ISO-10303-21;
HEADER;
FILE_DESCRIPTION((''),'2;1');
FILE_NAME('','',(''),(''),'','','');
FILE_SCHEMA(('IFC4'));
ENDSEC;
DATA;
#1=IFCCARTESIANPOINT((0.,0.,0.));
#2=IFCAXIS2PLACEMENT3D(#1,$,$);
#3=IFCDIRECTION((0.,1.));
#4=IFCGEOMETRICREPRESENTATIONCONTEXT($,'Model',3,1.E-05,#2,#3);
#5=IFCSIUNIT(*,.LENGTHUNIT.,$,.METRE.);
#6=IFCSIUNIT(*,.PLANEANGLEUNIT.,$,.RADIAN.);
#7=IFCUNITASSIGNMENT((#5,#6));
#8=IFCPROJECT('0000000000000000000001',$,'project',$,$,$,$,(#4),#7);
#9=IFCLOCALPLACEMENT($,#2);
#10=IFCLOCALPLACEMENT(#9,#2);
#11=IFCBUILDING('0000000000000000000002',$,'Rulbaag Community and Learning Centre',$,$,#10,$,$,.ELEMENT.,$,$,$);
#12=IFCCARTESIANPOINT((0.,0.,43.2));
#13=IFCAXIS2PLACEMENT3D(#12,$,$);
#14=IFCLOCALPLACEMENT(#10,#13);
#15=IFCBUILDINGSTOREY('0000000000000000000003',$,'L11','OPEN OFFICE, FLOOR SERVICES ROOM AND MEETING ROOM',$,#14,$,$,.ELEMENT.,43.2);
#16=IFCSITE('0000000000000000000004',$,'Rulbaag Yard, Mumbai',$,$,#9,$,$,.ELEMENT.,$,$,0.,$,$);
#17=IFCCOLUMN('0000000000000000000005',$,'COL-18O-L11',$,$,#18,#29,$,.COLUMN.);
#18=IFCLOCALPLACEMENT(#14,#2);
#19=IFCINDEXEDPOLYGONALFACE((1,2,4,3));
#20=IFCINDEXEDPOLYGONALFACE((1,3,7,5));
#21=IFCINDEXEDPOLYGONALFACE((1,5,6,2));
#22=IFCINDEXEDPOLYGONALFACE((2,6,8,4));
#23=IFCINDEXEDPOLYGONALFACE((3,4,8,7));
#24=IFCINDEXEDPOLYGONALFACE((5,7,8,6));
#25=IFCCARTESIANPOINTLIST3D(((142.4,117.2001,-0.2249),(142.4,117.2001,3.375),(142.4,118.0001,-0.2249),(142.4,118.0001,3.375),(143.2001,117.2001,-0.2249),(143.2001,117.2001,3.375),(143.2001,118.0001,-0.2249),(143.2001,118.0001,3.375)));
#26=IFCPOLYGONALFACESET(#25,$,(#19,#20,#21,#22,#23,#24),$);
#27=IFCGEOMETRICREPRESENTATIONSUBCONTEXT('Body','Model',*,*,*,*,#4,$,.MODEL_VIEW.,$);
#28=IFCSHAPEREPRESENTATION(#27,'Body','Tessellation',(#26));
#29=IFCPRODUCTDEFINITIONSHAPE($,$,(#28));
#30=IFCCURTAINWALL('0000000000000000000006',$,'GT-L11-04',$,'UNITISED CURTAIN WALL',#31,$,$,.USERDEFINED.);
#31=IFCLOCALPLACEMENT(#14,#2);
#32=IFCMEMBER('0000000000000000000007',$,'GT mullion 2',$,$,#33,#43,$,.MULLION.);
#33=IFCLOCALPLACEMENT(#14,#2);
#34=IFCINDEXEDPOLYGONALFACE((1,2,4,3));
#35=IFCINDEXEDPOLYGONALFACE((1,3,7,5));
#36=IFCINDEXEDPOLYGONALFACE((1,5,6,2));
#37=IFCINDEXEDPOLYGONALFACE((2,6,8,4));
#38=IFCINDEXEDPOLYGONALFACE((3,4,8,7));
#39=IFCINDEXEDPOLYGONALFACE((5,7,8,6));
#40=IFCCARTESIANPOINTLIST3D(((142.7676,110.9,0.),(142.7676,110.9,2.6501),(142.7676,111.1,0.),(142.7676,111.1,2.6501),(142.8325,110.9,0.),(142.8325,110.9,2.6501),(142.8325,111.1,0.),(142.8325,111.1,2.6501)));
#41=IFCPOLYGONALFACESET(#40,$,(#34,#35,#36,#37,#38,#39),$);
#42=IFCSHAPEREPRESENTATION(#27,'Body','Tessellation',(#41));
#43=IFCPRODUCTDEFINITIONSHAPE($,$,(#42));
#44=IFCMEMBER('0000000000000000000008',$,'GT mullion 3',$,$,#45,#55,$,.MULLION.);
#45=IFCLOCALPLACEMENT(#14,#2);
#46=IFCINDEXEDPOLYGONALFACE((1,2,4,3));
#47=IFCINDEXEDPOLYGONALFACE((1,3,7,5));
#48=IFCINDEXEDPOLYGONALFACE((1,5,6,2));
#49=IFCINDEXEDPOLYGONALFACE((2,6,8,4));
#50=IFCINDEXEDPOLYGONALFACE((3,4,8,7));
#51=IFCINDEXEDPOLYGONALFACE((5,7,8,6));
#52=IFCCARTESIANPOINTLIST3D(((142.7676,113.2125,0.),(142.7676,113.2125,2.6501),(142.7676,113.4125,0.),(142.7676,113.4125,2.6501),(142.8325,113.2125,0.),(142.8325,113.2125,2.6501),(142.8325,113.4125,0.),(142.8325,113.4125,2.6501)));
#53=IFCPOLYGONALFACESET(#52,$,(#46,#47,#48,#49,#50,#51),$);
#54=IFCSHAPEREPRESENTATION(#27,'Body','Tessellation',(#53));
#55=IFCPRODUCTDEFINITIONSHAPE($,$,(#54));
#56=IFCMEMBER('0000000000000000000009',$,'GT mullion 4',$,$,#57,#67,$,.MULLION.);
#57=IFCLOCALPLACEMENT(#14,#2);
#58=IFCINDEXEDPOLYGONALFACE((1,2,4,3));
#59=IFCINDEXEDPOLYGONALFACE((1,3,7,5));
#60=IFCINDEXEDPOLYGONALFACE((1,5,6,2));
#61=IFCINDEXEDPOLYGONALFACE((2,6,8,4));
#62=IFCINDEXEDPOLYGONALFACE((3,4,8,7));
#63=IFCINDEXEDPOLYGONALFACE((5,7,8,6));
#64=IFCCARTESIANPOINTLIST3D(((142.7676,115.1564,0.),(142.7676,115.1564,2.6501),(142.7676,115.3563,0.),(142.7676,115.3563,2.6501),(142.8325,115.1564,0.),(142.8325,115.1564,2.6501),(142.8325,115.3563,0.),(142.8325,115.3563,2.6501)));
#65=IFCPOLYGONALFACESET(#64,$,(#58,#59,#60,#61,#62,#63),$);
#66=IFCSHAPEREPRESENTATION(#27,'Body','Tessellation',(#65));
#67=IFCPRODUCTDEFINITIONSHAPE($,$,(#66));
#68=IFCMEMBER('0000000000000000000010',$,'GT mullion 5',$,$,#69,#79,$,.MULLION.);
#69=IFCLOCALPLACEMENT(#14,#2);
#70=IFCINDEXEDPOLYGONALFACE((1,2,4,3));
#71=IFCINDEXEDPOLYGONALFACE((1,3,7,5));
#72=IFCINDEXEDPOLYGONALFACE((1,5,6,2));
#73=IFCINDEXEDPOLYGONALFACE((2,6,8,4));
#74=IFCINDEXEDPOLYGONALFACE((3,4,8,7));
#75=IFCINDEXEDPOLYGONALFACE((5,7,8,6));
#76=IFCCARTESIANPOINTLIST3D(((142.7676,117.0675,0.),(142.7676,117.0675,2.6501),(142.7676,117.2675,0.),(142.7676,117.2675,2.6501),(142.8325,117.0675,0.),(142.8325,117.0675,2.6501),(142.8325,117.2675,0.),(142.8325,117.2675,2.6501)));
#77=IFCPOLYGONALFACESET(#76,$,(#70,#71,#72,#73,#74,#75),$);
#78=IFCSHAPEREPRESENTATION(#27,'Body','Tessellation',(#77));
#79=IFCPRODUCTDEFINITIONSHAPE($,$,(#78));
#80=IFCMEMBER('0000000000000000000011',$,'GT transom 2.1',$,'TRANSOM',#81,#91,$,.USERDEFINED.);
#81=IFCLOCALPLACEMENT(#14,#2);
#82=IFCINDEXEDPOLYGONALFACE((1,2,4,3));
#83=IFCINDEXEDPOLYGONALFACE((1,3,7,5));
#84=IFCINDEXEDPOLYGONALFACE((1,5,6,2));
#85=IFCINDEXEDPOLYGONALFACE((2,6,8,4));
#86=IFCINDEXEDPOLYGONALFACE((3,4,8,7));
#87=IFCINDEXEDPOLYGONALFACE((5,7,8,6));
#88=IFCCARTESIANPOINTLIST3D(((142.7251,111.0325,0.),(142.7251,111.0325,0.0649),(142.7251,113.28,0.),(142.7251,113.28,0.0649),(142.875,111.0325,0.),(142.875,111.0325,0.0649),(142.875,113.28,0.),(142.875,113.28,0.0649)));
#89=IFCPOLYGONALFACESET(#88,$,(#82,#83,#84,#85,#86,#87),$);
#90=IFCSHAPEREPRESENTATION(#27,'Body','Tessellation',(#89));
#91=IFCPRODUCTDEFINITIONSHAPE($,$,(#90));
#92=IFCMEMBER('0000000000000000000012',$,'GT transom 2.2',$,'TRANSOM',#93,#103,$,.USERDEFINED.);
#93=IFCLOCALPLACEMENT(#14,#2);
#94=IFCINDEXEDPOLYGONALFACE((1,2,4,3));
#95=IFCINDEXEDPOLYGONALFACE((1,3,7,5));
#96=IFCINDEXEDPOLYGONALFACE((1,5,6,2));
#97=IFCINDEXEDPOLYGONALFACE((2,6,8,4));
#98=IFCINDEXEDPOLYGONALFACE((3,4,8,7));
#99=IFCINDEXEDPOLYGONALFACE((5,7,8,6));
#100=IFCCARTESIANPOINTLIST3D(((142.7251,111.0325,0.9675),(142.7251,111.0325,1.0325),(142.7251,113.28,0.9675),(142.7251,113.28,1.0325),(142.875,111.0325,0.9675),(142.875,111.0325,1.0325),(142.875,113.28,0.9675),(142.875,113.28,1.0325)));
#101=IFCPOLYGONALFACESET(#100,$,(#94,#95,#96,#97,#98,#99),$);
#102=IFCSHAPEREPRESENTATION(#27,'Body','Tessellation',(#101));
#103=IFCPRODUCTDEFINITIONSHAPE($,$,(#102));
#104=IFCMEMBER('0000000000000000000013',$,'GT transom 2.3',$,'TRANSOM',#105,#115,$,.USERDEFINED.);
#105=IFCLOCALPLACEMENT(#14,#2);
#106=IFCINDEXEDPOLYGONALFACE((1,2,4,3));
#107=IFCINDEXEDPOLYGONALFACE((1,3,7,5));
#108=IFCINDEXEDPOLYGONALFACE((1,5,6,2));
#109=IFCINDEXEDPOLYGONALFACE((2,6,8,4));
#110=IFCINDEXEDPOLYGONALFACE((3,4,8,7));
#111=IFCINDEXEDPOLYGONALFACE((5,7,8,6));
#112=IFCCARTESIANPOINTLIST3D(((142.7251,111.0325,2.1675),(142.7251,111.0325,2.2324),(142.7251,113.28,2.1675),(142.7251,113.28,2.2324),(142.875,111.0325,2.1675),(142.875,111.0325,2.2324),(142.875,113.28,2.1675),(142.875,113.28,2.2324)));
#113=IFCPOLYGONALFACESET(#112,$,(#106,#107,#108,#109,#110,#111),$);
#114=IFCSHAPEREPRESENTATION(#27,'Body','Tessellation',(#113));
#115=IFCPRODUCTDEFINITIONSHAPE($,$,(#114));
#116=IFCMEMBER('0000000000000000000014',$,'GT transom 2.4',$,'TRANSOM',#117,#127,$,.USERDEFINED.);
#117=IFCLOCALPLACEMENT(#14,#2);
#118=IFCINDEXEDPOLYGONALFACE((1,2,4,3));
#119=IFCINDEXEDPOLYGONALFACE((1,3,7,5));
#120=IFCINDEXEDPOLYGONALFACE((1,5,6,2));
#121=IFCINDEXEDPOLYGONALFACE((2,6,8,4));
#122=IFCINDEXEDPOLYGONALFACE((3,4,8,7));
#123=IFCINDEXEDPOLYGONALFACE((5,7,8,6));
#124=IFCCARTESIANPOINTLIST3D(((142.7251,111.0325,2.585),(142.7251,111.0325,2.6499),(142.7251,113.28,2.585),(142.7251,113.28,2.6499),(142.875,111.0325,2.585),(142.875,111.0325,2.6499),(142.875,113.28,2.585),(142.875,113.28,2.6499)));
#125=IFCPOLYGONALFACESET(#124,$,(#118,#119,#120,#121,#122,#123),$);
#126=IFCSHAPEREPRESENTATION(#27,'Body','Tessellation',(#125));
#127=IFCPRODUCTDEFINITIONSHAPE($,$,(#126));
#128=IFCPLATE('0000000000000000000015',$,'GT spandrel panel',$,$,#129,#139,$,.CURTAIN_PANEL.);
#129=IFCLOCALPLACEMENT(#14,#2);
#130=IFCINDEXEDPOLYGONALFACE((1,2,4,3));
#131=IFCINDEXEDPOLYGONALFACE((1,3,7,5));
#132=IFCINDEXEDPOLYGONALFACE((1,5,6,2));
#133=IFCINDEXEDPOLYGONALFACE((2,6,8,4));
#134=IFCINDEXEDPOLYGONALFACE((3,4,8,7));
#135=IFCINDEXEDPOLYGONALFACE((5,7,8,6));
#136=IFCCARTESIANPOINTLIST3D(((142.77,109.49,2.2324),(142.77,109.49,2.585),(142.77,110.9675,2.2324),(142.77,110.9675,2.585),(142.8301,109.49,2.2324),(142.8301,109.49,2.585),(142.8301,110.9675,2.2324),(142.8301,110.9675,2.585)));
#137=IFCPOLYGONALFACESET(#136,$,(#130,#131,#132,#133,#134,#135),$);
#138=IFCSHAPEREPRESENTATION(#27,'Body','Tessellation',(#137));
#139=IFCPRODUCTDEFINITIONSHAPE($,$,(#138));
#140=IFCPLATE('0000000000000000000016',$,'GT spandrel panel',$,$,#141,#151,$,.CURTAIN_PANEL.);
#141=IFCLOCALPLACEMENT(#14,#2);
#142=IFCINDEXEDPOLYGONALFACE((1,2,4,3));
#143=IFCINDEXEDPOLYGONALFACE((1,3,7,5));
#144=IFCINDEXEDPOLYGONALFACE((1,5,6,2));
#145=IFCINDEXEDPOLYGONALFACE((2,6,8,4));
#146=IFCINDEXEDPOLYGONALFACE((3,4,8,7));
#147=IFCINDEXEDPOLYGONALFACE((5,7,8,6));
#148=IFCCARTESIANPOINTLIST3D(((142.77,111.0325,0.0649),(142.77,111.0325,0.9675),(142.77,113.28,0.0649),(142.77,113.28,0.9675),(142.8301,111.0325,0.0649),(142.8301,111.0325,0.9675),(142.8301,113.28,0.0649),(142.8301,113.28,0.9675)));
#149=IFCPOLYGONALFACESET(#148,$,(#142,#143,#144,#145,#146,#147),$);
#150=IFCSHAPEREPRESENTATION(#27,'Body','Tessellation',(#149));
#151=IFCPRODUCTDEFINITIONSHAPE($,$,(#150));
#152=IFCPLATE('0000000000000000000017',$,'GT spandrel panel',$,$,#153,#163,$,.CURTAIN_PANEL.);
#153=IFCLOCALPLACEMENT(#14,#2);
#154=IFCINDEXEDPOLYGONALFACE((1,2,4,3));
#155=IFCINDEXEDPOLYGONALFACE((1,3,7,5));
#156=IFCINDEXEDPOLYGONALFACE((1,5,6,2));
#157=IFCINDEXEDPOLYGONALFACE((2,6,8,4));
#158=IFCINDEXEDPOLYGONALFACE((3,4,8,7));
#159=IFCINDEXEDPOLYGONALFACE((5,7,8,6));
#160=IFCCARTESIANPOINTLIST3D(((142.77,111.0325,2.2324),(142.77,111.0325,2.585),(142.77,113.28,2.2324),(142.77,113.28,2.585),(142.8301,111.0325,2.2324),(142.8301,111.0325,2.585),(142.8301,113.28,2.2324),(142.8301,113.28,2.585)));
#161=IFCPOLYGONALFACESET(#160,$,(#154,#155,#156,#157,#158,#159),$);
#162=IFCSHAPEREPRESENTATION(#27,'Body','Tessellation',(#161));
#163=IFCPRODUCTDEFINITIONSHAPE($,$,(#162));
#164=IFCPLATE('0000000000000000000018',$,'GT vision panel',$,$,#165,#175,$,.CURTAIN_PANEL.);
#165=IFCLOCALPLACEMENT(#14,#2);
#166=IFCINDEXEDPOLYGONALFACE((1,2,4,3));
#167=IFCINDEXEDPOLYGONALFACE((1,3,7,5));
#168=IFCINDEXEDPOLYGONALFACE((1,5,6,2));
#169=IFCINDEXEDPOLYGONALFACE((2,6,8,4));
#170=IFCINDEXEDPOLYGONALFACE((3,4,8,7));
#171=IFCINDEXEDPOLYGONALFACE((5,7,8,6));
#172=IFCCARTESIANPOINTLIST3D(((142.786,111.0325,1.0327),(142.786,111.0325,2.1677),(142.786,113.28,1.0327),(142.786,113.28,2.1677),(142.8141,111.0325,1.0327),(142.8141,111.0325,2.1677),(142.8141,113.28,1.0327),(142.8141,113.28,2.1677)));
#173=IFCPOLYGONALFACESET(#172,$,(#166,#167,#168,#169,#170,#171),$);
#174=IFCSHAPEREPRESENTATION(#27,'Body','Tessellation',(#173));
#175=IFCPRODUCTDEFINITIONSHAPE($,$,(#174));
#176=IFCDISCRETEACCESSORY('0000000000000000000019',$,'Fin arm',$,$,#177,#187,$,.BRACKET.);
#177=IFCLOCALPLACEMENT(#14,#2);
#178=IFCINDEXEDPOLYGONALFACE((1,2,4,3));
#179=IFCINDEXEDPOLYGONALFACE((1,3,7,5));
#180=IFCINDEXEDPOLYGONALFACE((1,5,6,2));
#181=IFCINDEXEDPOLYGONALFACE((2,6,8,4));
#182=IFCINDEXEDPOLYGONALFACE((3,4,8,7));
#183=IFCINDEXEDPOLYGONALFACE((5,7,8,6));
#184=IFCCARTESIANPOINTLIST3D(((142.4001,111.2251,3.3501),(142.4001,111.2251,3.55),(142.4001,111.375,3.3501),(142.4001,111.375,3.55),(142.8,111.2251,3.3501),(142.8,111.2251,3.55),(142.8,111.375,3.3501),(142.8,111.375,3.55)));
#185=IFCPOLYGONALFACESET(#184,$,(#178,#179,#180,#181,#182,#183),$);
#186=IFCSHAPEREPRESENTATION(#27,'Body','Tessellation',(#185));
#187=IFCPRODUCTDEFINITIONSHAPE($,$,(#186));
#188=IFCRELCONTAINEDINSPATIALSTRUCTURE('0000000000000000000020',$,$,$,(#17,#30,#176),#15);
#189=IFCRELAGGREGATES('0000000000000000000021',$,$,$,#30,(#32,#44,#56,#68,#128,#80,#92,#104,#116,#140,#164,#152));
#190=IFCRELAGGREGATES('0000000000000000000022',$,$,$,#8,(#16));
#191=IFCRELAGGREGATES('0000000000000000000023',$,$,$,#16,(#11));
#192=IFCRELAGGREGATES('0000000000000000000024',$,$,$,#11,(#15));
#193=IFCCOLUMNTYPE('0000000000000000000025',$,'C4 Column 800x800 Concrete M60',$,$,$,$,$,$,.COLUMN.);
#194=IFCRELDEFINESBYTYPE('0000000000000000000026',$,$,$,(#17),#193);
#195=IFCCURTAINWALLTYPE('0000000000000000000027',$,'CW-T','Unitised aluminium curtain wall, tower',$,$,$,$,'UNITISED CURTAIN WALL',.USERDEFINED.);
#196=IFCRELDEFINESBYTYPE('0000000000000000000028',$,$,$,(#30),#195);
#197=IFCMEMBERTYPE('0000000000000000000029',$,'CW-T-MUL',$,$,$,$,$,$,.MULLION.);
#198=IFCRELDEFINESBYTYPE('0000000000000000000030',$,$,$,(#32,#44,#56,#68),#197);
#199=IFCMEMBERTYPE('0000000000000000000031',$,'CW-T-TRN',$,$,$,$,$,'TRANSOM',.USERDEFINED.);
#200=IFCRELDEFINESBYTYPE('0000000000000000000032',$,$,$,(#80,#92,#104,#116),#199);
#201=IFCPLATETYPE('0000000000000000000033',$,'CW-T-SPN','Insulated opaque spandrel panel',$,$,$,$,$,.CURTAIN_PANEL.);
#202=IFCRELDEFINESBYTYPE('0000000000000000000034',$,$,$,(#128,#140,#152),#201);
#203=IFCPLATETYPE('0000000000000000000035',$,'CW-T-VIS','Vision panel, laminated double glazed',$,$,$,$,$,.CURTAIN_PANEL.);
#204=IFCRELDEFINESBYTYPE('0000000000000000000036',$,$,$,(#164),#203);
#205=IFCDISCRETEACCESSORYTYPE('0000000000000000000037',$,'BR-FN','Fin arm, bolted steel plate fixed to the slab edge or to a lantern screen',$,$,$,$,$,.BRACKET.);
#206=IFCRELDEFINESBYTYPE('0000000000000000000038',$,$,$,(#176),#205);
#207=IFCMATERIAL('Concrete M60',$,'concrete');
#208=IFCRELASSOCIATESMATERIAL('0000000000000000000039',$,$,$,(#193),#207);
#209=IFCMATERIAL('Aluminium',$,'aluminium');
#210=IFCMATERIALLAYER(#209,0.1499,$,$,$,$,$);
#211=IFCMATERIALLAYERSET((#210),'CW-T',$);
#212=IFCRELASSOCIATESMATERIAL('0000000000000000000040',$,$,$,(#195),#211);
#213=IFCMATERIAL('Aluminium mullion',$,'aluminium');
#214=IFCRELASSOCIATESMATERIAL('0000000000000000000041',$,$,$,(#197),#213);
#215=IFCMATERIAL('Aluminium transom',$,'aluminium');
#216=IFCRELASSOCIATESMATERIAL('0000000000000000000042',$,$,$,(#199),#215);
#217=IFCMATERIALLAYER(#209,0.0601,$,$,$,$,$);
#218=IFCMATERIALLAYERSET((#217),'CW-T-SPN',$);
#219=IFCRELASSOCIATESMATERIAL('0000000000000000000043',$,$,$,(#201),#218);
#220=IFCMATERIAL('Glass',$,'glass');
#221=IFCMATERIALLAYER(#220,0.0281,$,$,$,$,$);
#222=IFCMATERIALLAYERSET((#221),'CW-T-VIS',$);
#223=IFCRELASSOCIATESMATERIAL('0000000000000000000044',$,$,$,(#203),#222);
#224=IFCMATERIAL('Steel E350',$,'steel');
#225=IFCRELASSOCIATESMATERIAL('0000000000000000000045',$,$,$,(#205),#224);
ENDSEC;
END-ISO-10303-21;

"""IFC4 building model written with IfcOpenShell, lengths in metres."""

from ifc_helpers import new_model, si_unit, direction, frame, origin, origin_2d, place, context, subcontext, project, spatial, rectangle, extrude, material, layer, layer_set, material_profile, profile_set, type_object, element, aggregate, save


model = new_model("IFC4")

# Units and contexts
model_context = context("Model", 3, precision=1e-05, world=origin(), true_north=direction((0.0, 1.0)))
body_context = subcontext(model_context, "Body", "Model", "MODEL_VIEW")
ifc_project = project(units=[si_unit("LENGTHUNIT", "METRE"), si_unit("PLANEANGLEUNIT", "RADIAN")], contexts=[model_context])

# Site, building, storey
site_placement = place(None, origin())
site = spatial("IfcSite", under=ifc_project, at=site_placement, Name="Rulbaag Yard, Mumbai", CompositionType="ELEMENT", RefElevation=0.0)
building_placement = place(site_placement, origin())
building = spatial("IfcBuilding", under=site, at=building_placement, Name="Rulbaag Community and Learning Centre", CompositionType="ELEMENT")
storey_placement = place(building_placement, frame((0.0, 0.0, 43.2)))
storey = spatial("IfcBuildingStorey", under=building, at=storey_placement, Name="L11", Description="OPEN OFFICE, FLOOR SERVICES ROOM AND MEETING ROOM", CompositionType="ELEMENT", Elevation=43.2)

# Column
ifc_material_1 = material(Name="Concrete M60", Category="concrete")
ifc_material_profile_1 = material_profile(ifc_material_1, rectangle(XDim=0.8, YDim=0.8, at=origin_2d()), Name="RC800x800")
ifc_profile_set_1 = profile_set([ifc_material_profile_1], Name="Concrete M60")
column_type = type_object("IfcColumnType", Name="C4 Column 800x800 Concrete M60", PredefinedType="COLUMN", material=ifc_profile_set_1)
column_placement = place(storey_placement, frame((142.8, 117.6001, -0.2249), z_axis=(0.0, 0.0, 1.0), x_axis=(1.0, 0.0, 0.0)))
element("IfcColumn", 1, at=column_placement, inside=storey, type_object=column_type, Name="COL-18O-L11", PredefinedType="COLUMN", context=body_context, shape_type="SweptSolid", body=[
    extrude(rectangle(XDim=0.8, YDim=0.8, at=origin_2d()), origin(), (0.0, 0.0, 1.0), 3.5999),
])

# Curtain wall, members, plates
ifc_material_2 = material(Name="Aluminium", Category="aluminium")
ifc_layer_1 = layer(ifc_material_2, 0.1499)
ifc_layer_set_1 = layer_set([ifc_layer_1], Name="CW-T")
curtain_wall_type = type_object("IfcCurtainWallType", Name="CW-T", Description="Unitised aluminium curtain wall, tower", ElementType="UNITISED CURTAIN WALL", PredefinedType="USERDEFINED", material=ifc_layer_set_1)
curtain_wall_placement = place(storey_placement, origin())
curtain_wall = element("IfcCurtainWall", 2, at=curtain_wall_placement, inside=storey, type_object=curtain_wall_type, Name="GT-L11-04", ObjectType="UNITISED CURTAIN WALL", PredefinedType="USERDEFINED")
ifc_material_3 = material(Name="Aluminium mullion", Category="aluminium")
ifc_material_profile_2 = material_profile(ifc_material_3, rectangle(XDim=0.0649, YDim=0.2, at=origin_2d()), Name="AL 65x200")
ifc_profile_set_2 = profile_set([ifc_material_profile_2], Name="Aluminium mullion")
member_type_1 = type_object("IfcMemberType", Name="CW-T-MUL", PredefinedType="MULLION", material=ifc_profile_set_2)
member_1_placement = place(storey_placement, frame((142.8, 111.0, 0.0), z_axis=(0.0, 0.0, 1.0), x_axis=(-1.0, 0.0, 0.0)))
member_1 = element("IfcMember", 3, at=member_1_placement, type_object=member_type_1, Name="GT mullion 2", PredefinedType="MULLION", context=body_context, shape_type="SweptSolid", body=[
    extrude(rectangle(XDim=0.0649, YDim=0.2, at=origin_2d()), origin(), (0.0, 0.0, 1.0), 2.6501),
])
member_2_placement = place(storey_placement, frame((142.8, 113.3125, 0.0), z_axis=(0.0, 0.0, 1.0), x_axis=(-1.0, 0.0, 0.0)))
member_2 = element("IfcMember", 4, at=member_2_placement, type_object=member_type_1, Name="GT mullion 3", PredefinedType="MULLION", context=body_context, shape_type="SweptSolid", body=[
    extrude(rectangle(XDim=0.0649, YDim=0.2, at=origin_2d()), origin(), (0.0, 0.0, 1.0), 2.6501),
])
member_3_placement = place(storey_placement, frame((142.8, 115.2563, 0.0), z_axis=(0.0, 0.0, 1.0), x_axis=(-1.0, 0.0, 0.0)))
member_3 = element("IfcMember", 5, at=member_3_placement, type_object=member_type_1, Name="GT mullion 4", PredefinedType="MULLION", context=body_context, shape_type="SweptSolid", body=[
    extrude(rectangle(XDim=0.0649, YDim=0.2, at=origin_2d()), origin(), (0.0, 0.0, 1.0), 2.6501),
])
member_4_placement = place(storey_placement, frame((142.8, 117.1675, 0.0), z_axis=(0.0, 0.0, 1.0), x_axis=(-1.0, 0.0, 0.0)))
member_4 = element("IfcMember", 6, at=member_4_placement, type_object=member_type_1, Name="GT mullion 5", PredefinedType="MULLION", context=body_context, shape_type="SweptSolid", body=[
    extrude(rectangle(XDim=0.0649, YDim=0.2, at=origin_2d()), origin(), (0.0, 0.0, 1.0), 2.6501),
])
ifc_material_4 = material(Name="Aluminium transom", Category="aluminium")
ifc_material_profile_3 = material_profile(ifc_material_4, rectangle(XDim=0.1499, YDim=0.0649, at=origin_2d()), Name="AL 65x150 T")
ifc_profile_set_3 = profile_set([ifc_material_profile_3], Name="Aluminium transom")
member_type_2 = type_object("IfcMemberType", Name="CW-T-TRN", ElementType="TRANSOM", PredefinedType="USERDEFINED", material=ifc_profile_set_3)
member_5_placement = place(storey_placement, frame((142.8, 111.0325, 0.0325), z_axis=(0.0, 1.0, 0.0), x_axis=(-1.0, 0.0, 0.0)))
member_5 = element("IfcMember", 7, at=member_5_placement, type_object=member_type_2, Name="GT transom 2.1", ObjectType="TRANSOM", PredefinedType="USERDEFINED", context=body_context, shape_type="SweptSolid", body=[
    extrude(rectangle(XDim=0.1499, YDim=0.0649, at=origin_2d()), origin(), (0.0, 0.0, 1.0), 2.2476),
])
member_6_placement = place(storey_placement, frame((142.8, 111.0325, 1.0), z_axis=(0.0, 1.0, 0.0), x_axis=(-1.0, 0.0, 0.0)))
member_6 = element("IfcMember", 8, at=member_6_placement, type_object=member_type_2, Name="GT transom 2.2", ObjectType="TRANSOM", PredefinedType="USERDEFINED", context=body_context, shape_type="SweptSolid", body=[
    extrude(rectangle(XDim=0.1499, YDim=0.0649, at=origin_2d()), origin(), (0.0, 0.0, 1.0), 2.2476),
])
member_7_placement = place(storey_placement, frame((142.8, 111.0325, 2.2), z_axis=(0.0, 1.0, 0.0), x_axis=(-1.0, 0.0, 0.0)))
member_7 = element("IfcMember", 9, at=member_7_placement, type_object=member_type_2, Name="GT transom 2.3", ObjectType="TRANSOM", PredefinedType="USERDEFINED", context=body_context, shape_type="SweptSolid", body=[
    extrude(rectangle(XDim=0.1499, YDim=0.0649, at=origin_2d()), origin(), (0.0, 0.0, 1.0), 2.2476),
])
member_8_placement = place(storey_placement, frame((142.8, 111.0325, 2.6174), z_axis=(0.0, 1.0, 0.0), x_axis=(-1.0, 0.0, 0.0)))
member_8 = element("IfcMember", 10, at=member_8_placement, type_object=member_type_2, Name="GT transom 2.4", ObjectType="TRANSOM", PredefinedType="USERDEFINED", context=body_context, shape_type="SweptSolid", body=[
    extrude(rectangle(XDim=0.1499, YDim=0.0649, at=origin_2d()), origin(), (0.0, 0.0, 1.0), 2.2476),
])
ifc_layer_2 = layer(ifc_material_2, 0.0601)
ifc_layer_set_2 = layer_set([ifc_layer_2], Name="CW-T-SPN")
plate_type_1 = type_object("IfcPlateType", Name="CW-T-SPN", Description="Insulated opaque spandrel panel", PredefinedType="CURTAIN_PANEL", material=ifc_layer_set_2)
plate_1_placement = place(storey_placement, frame((142.8, 110.2288, 2.2324), z_axis=(0.0, 0.0, 1.0), x_axis=(0.0, 1.0, 0.0)))
plate_1 = element("IfcPlate", 11, at=plate_1_placement, type_object=plate_type_1, Name="GT spandrel panel", PredefinedType="CURTAIN_PANEL", context=body_context, shape_type="SweptSolid", body=[
    extrude(rectangle(XDim=1.4775, YDim=0.0601, at=origin_2d()), origin(), (0.0, 0.0, 1.0), 0.3525),
])
plate_2_placement = place(storey_placement, frame((142.8, 112.1562, 0.0649), z_axis=(0.0, 0.0, 1.0), x_axis=(0.0, 1.0, 0.0)))
plate_2 = element("IfcPlate", 12, at=plate_2_placement, type_object=plate_type_1, Name="GT spandrel panel", PredefinedType="CURTAIN_PANEL", context=body_context, shape_type="SweptSolid", body=[
    extrude(rectangle(XDim=2.2476, YDim=0.0601, at=origin_2d()), origin(), (0.0, 0.0, 1.0), 0.9026),
])
plate_3_placement = place(storey_placement, frame((142.8, 112.1562, 2.2324), z_axis=(0.0, 0.0, 1.0), x_axis=(0.0, 1.0, 0.0)))
plate_3 = element("IfcPlate", 13, at=plate_3_placement, type_object=plate_type_1, Name="GT spandrel panel", PredefinedType="CURTAIN_PANEL", context=body_context, shape_type="SweptSolid", body=[
    extrude(rectangle(XDim=2.2476, YDim=0.0601, at=origin_2d()), origin(), (0.0, 0.0, 1.0), 0.3525),
])
ifc_material_5 = material(Name="Glass", Category="glass")
ifc_layer_3 = layer(ifc_material_5, 0.0281)
ifc_layer_set_3 = layer_set([ifc_layer_3], Name="CW-T-VIS")
plate_type_2 = type_object("IfcPlateType", Name="CW-T-VIS", Description="Vision panel, laminated double glazed", PredefinedType="CURTAIN_PANEL", material=ifc_layer_set_3)
plate_4_placement = place(storey_placement, frame((142.8, 112.1562, 1.0327), z_axis=(0.0, 0.0, 1.0), x_axis=(0.0, 1.0, 0.0)))
plate_4 = element("IfcPlate", 14, at=plate_4_placement, type_object=plate_type_2, Name="GT vision panel", PredefinedType="CURTAIN_PANEL", context=body_context, shape_type="SweptSolid", body=[
    extrude(rectangle(XDim=2.2476, YDim=0.0281, at=origin_2d()), origin(), (0.0, 0.0, 1.0), 1.135),
])
aggregate(curtain_wall, [member_1, member_2, member_3, member_4, plate_1, member_5, member_6, member_7, member_8, plate_2, plate_4, plate_3])

# Discrete accessory
ifc_material_6 = material(Name="Steel E350", Category="steel")
discrete_accessory_type = type_object("IfcDiscreteAccessoryType", Name="BR-FN", Description="Fin arm, bolted steel plate fixed to the slab edge or to a lantern screen", PredefinedType="BRACKET", material=ifc_material_6)
for number, where, z_axis, x_axis, name in (
    (15, (142.6001, 111.3, 3.3501), (0.0, 0.0, 1.0), (1.0, 0.0, 0.0), "Fin arm"),
):
    element("IfcDiscreteAccessory", number, at=place(storey_placement, frame(where, z_axis=z_axis, x_axis=x_axis)), inside=storey, type_object=discrete_accessory_type, Name=name, PredefinedType="BRACKET", context=body_context, shape_type="SweptSolid", body=[
        extrude(rectangle(XDim=0.3999, YDim=0.1499, at=origin_2d()), origin(), (0.0, 0.0, 1.0), 0.2),
    ])

save(model, "model.ifc")
